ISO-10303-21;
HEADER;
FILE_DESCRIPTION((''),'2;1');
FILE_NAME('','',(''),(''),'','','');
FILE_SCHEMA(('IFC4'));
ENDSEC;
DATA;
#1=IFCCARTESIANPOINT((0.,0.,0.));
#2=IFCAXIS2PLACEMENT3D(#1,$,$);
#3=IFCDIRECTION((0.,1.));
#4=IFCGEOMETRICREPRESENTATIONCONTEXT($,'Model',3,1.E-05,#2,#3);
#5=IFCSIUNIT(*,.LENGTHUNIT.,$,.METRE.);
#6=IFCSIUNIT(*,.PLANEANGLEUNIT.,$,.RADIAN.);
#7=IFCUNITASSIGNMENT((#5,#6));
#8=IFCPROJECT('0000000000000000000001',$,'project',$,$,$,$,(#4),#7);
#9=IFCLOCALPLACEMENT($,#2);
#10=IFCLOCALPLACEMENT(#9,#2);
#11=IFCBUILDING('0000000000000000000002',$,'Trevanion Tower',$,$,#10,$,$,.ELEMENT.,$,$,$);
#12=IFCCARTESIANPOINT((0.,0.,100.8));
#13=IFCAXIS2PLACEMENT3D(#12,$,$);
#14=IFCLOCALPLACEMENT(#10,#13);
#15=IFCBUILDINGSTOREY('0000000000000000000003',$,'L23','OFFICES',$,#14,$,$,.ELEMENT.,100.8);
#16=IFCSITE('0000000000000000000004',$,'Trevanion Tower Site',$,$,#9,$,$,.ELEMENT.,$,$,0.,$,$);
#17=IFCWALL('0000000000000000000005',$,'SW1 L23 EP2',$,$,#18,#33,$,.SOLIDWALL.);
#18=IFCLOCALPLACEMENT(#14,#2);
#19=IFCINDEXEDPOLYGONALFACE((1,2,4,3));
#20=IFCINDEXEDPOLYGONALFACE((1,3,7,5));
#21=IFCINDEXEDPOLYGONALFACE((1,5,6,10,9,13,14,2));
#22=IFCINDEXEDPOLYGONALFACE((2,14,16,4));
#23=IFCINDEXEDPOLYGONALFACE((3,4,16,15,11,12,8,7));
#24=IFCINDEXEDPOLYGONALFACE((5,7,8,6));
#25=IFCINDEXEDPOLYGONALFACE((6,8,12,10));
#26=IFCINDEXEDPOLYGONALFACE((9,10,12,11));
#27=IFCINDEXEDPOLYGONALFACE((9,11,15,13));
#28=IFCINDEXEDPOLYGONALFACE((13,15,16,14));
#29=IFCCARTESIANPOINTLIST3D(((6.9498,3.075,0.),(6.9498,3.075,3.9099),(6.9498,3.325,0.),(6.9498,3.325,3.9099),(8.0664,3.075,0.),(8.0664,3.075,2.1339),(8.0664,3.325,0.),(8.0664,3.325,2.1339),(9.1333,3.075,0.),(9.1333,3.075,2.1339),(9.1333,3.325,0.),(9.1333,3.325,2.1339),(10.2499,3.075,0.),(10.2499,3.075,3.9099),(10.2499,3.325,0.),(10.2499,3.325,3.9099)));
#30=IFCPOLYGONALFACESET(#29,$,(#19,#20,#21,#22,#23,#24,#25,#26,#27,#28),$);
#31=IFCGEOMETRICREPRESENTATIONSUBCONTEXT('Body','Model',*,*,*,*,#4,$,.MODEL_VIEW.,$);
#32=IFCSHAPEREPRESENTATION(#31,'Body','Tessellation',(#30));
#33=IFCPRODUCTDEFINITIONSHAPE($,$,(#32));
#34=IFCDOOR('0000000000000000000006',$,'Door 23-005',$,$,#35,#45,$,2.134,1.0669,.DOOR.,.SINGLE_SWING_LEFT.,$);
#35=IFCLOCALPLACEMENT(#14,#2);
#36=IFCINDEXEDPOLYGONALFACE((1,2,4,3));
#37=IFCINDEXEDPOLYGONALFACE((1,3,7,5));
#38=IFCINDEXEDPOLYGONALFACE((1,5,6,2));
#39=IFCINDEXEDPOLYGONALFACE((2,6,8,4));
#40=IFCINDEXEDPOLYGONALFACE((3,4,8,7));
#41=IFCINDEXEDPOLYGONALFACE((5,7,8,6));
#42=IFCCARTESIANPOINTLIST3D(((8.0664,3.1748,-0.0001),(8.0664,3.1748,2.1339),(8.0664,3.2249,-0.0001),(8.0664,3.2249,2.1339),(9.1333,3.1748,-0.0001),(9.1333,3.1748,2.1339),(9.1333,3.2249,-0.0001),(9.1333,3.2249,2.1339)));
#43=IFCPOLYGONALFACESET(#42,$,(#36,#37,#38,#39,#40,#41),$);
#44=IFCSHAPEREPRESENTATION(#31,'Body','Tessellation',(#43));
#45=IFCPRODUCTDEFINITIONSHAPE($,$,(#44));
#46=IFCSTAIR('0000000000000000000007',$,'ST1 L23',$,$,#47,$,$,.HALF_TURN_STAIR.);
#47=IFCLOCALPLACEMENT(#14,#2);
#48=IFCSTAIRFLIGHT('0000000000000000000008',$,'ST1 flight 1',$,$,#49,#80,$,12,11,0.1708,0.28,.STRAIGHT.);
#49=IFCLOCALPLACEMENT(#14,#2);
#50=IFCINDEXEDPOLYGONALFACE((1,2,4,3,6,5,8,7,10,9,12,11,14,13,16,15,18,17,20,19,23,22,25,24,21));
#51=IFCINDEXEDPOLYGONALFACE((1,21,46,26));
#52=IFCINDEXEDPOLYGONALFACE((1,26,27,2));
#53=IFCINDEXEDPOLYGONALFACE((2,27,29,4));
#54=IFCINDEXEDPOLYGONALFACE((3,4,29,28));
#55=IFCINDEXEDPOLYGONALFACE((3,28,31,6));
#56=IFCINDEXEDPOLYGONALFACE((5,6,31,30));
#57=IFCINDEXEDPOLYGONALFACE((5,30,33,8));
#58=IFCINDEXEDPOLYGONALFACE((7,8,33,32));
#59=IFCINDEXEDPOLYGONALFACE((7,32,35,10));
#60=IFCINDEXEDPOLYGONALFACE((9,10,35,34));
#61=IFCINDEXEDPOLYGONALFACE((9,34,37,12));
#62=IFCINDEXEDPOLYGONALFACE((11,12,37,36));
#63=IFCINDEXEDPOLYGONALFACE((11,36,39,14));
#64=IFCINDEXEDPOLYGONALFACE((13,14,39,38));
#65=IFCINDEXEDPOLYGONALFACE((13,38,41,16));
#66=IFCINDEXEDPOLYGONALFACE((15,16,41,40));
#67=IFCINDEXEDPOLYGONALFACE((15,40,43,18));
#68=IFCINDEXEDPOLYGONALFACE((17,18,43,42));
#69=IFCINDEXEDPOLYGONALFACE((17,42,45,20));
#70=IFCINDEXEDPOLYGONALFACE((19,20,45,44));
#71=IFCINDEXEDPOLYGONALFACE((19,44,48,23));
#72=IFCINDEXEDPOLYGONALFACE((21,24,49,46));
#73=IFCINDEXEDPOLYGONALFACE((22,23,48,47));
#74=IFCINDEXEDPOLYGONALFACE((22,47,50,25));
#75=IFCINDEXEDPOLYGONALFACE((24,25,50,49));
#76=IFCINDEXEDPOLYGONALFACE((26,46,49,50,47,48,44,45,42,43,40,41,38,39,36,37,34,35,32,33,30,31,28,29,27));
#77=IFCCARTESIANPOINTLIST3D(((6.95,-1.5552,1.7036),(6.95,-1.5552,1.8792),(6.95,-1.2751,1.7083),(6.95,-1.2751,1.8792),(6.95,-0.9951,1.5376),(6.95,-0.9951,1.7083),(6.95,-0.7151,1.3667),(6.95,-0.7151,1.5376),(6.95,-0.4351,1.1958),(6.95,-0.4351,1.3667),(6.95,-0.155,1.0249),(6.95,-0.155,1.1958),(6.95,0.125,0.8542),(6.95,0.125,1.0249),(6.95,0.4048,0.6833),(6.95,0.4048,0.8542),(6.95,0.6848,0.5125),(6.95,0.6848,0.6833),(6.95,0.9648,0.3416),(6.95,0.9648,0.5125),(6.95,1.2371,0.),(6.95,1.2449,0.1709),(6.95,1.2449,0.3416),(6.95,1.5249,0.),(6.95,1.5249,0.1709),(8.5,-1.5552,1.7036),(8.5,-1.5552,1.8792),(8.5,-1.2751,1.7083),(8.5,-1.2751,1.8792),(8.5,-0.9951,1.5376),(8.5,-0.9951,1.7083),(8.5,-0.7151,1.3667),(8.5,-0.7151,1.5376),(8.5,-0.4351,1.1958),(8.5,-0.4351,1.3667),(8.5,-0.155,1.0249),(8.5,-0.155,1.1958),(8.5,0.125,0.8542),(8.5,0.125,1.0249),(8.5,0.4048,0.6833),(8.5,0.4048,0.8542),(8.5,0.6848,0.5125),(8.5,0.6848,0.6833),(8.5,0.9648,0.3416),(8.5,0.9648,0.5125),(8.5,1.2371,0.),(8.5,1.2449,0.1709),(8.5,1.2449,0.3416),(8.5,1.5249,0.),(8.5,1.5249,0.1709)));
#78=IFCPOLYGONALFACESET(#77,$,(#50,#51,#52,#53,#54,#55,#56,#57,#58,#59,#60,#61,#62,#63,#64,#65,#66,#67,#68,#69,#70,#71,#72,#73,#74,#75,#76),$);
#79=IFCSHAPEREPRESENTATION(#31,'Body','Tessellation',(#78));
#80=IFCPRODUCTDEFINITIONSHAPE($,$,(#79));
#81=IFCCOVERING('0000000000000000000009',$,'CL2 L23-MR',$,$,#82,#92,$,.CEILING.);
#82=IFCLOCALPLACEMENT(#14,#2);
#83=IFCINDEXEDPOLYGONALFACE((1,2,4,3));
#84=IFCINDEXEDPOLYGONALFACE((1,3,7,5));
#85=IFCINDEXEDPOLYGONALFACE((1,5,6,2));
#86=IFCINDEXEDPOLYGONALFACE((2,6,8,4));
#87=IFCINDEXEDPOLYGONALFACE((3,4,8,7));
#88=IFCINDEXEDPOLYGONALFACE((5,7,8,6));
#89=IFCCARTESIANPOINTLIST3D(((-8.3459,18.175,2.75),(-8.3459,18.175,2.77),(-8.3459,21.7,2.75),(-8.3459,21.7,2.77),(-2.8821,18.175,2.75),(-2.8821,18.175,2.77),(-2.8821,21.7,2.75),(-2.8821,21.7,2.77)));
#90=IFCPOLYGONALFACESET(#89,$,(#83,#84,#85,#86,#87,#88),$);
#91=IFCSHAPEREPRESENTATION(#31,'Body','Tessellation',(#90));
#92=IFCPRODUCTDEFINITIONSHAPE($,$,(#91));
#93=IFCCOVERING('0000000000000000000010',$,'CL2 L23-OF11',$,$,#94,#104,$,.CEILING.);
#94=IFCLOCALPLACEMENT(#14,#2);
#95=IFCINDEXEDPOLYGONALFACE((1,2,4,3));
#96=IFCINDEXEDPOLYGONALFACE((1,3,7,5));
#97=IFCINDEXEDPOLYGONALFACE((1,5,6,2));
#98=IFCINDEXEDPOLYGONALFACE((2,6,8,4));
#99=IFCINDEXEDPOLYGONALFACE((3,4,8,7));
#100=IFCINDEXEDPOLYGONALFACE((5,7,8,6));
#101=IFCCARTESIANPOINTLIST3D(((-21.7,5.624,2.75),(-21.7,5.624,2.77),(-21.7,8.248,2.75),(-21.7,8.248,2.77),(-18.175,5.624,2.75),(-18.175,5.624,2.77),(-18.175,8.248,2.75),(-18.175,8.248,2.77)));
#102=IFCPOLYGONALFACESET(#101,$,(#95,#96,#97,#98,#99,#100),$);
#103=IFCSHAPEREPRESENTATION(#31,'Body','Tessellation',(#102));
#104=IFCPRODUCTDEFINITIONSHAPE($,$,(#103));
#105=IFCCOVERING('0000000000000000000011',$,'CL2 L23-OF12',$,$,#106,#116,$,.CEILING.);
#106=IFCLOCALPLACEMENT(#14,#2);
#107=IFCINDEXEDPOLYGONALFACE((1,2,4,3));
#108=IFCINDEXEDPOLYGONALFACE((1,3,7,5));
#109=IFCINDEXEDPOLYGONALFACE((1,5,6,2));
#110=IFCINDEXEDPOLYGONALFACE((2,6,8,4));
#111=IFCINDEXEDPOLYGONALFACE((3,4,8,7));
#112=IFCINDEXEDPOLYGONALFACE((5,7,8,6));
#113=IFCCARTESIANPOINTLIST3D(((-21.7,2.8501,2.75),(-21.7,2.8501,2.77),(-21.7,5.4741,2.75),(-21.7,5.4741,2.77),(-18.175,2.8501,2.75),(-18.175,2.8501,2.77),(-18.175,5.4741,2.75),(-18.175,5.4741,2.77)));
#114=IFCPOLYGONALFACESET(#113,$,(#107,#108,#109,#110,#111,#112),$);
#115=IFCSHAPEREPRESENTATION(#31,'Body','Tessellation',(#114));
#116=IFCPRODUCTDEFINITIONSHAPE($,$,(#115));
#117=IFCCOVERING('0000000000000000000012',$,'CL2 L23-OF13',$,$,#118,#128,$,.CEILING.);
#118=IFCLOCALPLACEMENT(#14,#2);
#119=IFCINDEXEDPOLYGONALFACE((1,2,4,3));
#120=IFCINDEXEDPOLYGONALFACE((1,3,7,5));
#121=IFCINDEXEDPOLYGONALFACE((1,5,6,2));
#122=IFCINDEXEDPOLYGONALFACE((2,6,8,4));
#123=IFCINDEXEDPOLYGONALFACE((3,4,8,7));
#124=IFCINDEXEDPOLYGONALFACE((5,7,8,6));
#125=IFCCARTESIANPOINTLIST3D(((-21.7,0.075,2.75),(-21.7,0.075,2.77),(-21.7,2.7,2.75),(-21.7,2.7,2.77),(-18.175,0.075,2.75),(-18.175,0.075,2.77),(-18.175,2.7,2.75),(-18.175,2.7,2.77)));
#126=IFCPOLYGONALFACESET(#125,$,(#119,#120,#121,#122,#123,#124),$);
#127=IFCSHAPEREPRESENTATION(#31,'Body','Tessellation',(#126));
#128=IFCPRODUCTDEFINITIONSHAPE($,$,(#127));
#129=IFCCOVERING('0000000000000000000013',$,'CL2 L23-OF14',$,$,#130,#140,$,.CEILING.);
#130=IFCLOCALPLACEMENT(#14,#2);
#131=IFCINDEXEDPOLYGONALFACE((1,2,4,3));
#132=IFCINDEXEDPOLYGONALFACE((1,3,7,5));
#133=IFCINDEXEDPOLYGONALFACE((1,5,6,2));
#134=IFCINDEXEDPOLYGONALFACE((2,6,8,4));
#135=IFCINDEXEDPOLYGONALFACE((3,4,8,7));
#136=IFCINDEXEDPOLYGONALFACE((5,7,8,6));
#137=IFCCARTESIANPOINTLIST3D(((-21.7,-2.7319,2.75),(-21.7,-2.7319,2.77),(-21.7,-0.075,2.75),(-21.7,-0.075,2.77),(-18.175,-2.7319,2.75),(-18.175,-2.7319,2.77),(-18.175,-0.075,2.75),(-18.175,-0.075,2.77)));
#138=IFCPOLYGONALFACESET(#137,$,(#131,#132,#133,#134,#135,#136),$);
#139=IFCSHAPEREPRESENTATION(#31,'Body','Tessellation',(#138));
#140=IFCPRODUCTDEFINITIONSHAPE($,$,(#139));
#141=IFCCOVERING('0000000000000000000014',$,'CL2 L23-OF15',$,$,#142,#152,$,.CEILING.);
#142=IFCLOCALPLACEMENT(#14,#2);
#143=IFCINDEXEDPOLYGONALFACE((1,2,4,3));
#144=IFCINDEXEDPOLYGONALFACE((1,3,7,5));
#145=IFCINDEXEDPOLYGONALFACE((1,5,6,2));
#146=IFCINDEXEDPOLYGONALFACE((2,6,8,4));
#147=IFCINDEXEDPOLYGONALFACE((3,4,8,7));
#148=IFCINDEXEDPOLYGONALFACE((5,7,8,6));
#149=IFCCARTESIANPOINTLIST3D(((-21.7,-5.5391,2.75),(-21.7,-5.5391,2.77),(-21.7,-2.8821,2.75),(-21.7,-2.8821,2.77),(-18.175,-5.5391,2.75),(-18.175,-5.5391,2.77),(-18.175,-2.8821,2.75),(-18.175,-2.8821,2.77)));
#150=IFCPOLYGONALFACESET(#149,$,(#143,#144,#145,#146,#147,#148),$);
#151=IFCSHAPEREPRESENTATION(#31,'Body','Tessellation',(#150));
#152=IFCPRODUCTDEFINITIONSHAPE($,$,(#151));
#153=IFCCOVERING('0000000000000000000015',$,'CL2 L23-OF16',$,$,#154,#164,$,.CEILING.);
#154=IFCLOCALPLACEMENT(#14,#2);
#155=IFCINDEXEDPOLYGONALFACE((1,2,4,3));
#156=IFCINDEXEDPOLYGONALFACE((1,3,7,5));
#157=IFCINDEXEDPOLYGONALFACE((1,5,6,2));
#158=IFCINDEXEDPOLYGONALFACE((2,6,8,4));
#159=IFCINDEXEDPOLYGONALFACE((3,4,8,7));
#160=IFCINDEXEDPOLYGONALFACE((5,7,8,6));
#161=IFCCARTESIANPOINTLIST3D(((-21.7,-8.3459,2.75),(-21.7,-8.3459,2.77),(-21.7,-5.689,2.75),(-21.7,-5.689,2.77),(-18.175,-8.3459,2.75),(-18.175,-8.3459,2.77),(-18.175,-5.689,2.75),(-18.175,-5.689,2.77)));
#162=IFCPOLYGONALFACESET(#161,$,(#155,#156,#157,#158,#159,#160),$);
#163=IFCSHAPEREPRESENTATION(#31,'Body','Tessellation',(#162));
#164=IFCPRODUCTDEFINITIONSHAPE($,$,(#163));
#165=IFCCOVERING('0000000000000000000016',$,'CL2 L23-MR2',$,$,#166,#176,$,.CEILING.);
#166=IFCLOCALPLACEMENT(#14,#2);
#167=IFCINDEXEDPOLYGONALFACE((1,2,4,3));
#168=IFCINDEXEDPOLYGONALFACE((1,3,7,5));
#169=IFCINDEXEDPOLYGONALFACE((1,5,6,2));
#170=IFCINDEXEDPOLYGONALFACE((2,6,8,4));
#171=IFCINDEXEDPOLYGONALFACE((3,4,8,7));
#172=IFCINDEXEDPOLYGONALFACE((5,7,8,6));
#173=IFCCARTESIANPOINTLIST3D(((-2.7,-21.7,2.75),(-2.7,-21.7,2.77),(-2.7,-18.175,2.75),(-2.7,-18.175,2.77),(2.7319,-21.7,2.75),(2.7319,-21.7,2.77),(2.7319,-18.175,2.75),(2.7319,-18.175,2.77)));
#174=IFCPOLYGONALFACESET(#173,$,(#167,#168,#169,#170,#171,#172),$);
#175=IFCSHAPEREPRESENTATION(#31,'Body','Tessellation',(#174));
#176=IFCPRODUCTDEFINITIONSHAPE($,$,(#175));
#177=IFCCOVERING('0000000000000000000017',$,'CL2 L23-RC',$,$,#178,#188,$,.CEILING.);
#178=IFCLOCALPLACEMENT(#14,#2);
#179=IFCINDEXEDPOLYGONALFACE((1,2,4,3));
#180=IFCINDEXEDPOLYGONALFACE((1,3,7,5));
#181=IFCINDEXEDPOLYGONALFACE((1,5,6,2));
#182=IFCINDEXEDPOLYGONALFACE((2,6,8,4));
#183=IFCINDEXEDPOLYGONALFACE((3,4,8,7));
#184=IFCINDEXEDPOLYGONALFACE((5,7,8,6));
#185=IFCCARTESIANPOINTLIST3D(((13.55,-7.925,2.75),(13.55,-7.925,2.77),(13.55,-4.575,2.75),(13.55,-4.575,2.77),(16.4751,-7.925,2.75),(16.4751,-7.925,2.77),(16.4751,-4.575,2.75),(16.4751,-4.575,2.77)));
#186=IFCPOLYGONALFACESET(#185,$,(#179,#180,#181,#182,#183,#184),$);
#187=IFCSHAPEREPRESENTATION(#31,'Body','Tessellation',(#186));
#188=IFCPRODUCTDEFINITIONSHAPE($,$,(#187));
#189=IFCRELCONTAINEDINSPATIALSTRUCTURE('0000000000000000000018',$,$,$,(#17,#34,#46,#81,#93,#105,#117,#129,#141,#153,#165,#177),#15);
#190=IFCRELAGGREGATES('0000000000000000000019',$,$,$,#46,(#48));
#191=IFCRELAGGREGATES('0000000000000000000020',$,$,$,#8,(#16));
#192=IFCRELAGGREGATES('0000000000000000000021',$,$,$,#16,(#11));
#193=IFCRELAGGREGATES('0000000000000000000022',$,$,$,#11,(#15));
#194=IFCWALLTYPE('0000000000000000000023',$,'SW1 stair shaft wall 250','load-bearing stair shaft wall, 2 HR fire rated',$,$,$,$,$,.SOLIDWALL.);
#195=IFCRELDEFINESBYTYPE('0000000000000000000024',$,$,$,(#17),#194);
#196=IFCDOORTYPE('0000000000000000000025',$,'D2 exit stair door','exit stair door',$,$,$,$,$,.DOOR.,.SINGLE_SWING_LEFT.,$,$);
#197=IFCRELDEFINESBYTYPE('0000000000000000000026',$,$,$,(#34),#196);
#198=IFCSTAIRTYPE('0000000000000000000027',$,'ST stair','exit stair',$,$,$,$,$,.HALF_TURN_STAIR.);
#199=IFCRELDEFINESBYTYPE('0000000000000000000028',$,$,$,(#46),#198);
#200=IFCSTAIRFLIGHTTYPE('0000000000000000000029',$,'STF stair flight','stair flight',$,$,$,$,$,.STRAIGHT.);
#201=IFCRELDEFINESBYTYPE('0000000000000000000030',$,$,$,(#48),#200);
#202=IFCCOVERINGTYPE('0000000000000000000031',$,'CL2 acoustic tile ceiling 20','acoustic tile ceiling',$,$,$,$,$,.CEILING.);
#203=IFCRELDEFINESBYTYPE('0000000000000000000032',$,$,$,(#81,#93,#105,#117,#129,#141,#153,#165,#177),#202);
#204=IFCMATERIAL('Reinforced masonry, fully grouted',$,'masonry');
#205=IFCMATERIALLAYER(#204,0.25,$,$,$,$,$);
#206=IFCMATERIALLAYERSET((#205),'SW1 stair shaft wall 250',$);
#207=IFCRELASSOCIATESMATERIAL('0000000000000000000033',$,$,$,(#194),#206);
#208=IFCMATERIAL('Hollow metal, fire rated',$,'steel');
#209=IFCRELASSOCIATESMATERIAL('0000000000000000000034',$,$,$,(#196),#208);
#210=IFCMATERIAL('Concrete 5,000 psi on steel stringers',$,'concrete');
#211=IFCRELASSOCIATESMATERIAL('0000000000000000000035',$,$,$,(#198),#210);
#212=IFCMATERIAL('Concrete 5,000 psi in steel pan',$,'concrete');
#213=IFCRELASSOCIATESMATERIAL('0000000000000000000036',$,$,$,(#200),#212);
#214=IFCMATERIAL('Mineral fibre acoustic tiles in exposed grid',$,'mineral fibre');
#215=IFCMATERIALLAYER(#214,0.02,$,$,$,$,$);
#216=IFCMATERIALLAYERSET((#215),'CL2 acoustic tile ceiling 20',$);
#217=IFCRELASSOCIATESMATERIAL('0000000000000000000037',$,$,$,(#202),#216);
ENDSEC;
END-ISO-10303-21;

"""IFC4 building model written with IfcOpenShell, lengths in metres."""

from ifc_helpers import new_model, si_unit, direction, frame, frame_2d, origin, place, context, subcontext, project, spatial, polyline, rectangle, outline, extrude, material, layer, layer_set, type_object, element, fill, aggregate, save


model = new_model("IFC4")

# Units and contexts
model_context = context("Model", 3, precision=1e-05, world=origin(), true_north=direction((0.0, 1.0)))
body_context = subcontext(model_context, "Body", "Model", "MODEL_VIEW")
ifc_project = project(units=[si_unit("LENGTHUNIT", "METRE"), si_unit("PLANEANGLEUNIT", "RADIAN")], contexts=[model_context])

# Site, building, storey
site_placement = place(None, origin())
site = spatial("IfcSite", under=ifc_project, at=site_placement, Name="Trevanion Tower Site", CompositionType="ELEMENT", RefElevation=0.0)
building_placement = place(site_placement, origin())
building = spatial("IfcBuilding", under=site, at=building_placement, Name="Trevanion Tower", CompositionType="ELEMENT")
storey_placement = place(building_placement, frame((0.0, 0.0, 100.8)))
storey = spatial("IfcBuildingStorey", under=building, at=storey_placement, Name="L23", Description="OFFICES", CompositionType="ELEMENT", Elevation=100.8)

# Wall, opening, door
ifc_material_1 = material(Name="Reinforced masonry, fully grouted", Category="masonry")
ifc_layer_1 = layer(ifc_material_1, 0.25)
ifc_layer_set_1 = layer_set([ifc_layer_1], Name="SW1 stair shaft wall 250")
wall_type_1 = type_object("IfcWallType", Name="SW1 stair shaft wall 250", Description="load-bearing stair shaft wall, 2 HR fire rated", PredefinedType="SOLIDWALL", material=ifc_layer_set_1)
wall_1_placement = place(storey_placement, frame((6.95, 3.2, 0.0), z_axis=(0.0, 0.0, 1.0), x_axis=(1.0, 0.0, 0.0)))
wall_1 = element("IfcWall", 1, at=wall_1_placement, inside=storey, type_object=wall_type_1, Name="SW1 L23 EP2", PredefinedType="SOLIDWALL", context=body_context, shape_type="SweptSolid", body=[
    extrude(rectangle(XDim=3.3, YDim=0.25, at=frame_2d((1.6499, 0.0))), origin(), (0.0, 0.0, 1.0), 3.9099),
])
opening_1_placement = place(wall_1_placement, frame((1.1165, 0.0, 0.0)))
opening_1 = element("IfcOpeningElement", 2, at=opening_1_placement, cuts=wall_1, PredefinedType="OPENING", context=body_context, shape_type="SweptSolid", body=[
    extrude(rectangle(XDim=1.0669, YDim=2.134, at=frame_2d((0.5334, 1.0669))), frame((0.0, 0.135, 0.0), z_axis=(0.0, -1.0, 0.0), x_axis=(1.0, 0.0, 0.0)), (0.0, 0.0, 1.0), 0.27),
])
ifc_material_2 = material(Name="Hollow metal, fire rated", Category="steel")
door_type_1 = type_object("IfcDoorType", Name="D2 exit stair door", Description="exit stair door", OperationType="SINGLE_SWING_LEFT", PredefinedType="DOOR", material=ifc_material_2)
door_1_placement = place(opening_1_placement, origin())
door_1 = element("IfcDoor", 3, at=door_1_placement, inside=storey, type_object=door_type_1, Name="Door 23-005", OperationType="SINGLE_SWING_LEFT", OverallHeight=2.134, OverallWidth=1.0669, PredefinedType="DOOR", context=body_context, shape_type="SweptSolid", body=[
    extrude(rectangle(XDim=1.0669, YDim=2.134, at=frame_2d((0.5334, 1.0669))), frame((0.0, 0.0249, 0.0), z_axis=(0.0, -1.0, 0.0), x_axis=(1.0, 0.0, 0.0)), (0.0, 0.0, 1.0), 0.05),
])
fill(opening_1, door_1)

# Stair, stair flight
ifc_material_3 = material(Name="Concrete 5,000 psi on steel stringers", Category="concrete")
stair_type = type_object("IfcStairType", Name="ST stair", Description="exit stair", PredefinedType="HALF_TURN_STAIR", material=ifc_material_3)
stair_placement = place(storey_placement, origin())
stair = element("IfcStair", 4, at=stair_placement, inside=storey, type_object=stair_type, Name="ST1 L23", PredefinedType="HALF_TURN_STAIR")
ifc_material_4 = material(Name="Concrete 5,000 psi in steel pan", Category="concrete")
stair_flight_type = type_object("IfcStairFlightType", Name="STF stair flight", Description="stair flight", PredefinedType="STRAIGHT", material=ifc_material_4)
stair_flight_placement = place(storey_placement, frame((7.7251, 1.5249, 0.0), z_axis=(0.0, 0.0, 1.0), x_axis=(0.0, -1.0, 0.0)))
stair_flight = element("IfcStairFlight", 5, at=stair_flight_placement, type_object=stair_flight_type, Name="ST1 flight 1", NumberOfRisers=12, NumberOfTreads=11, PredefinedType="STRAIGHT", RiserHeight=0.1708, TreadLength=0.28, context=body_context, shape_type="SweptSolid", body=[
    extrude(outline(polyline([(0.0, 0.0), (0.0, 0.1709), (0.28, 0.1709), (0.28, 0.3416), (0.5601, 0.3416), (0.5601, 0.5125), (0.8401, 0.5125), (0.8401, 0.6833), (1.1201, 0.6833), (1.1201, 0.8542), (1.3999, 0.8542), (1.3999, 1.0249), (1.6799, 1.0249), (1.6799, 1.1958), (1.96, 1.1958), (1.96, 1.3667), (2.24, 1.3667), (2.24, 1.5376), (2.52, 1.5376), (2.52, 1.7083), (2.8, 1.7083), (2.8, 1.8792), (3.0801, 1.8792), (3.0801, 2.05), (3.0801, 1.7036), (0.2878, 0.0), (0.0, 0.0)])), frame((0.0, 0.7749, 0.0), z_axis=(0.0, -1.0, 0.0), x_axis=(1.0, 0.0, 0.0)), (0.0, 0.0, 1.0), 1.55),
])
aggregate(stair, [stair_flight])

# Coverings
ifc_material_5 = material(Name="Mineral fibre acoustic tiles in exposed grid", Category="mineral fibre")
ifc_layer_2 = layer(ifc_material_5, 0.02)
ifc_layer_set_2 = layer_set([ifc_layer_2], Name="CL2 acoustic tile ceiling 20")
covering_type_1 = type_object("IfcCoveringType", Name="CL2 acoustic tile ceiling 20", Description="acoustic tile ceiling", PredefinedType="CEILING", material=ifc_layer_set_2)
covering_1_placement = place(storey_placement, frame((0.0, 0.0, 2.75)))
element("IfcCovering", 6, at=covering_1_placement, inside=storey, type_object=covering_type_1, Name="CL2 L23-MR", PredefinedType="CEILING", context=body_context, shape_type="SweptSolid", body=[
    extrude(outline(polyline([(-2.8821, 18.175), (-8.3459, 18.175), (-8.3459, 21.7), (-2.8821, 21.7), (-2.8821, 18.175)])), origin(), (0.0, 0.0, 1.0), 0.02),
])
covering_2_placement = place(storey_placement, frame((0.0, 0.0, 2.75)))
element("IfcCovering", 7, at=covering_2_placement, inside=storey, type_object=covering_type_1, Name="CL2 L23-OF11", PredefinedType="CEILING", context=body_context, shape_type="SweptSolid", body=[
    extrude(outline(polyline([(-18.175, 8.248), (-18.175, 5.624), (-21.7, 5.624), (-21.7, 8.248), (-18.175, 8.248)])), origin(), (0.0, 0.0, 1.0), 0.02),
])
covering_3_placement = place(storey_placement, frame((0.0, 0.0, 2.75)))
element("IfcCovering", 8, at=covering_3_placement, inside=storey, type_object=covering_type_1, Name="CL2 L23-OF12", PredefinedType="CEILING", context=body_context, shape_type="SweptSolid", body=[
    extrude(outline(polyline([(-18.175, 5.4741), (-18.175, 2.8501), (-21.7, 2.8501), (-21.7, 5.4741), (-18.175, 5.4741)])), origin(), (0.0, 0.0, 1.0), 0.02),
])
covering_4_placement = place(storey_placement, frame((0.0, 0.0, 2.75)))
element("IfcCovering", 9, at=covering_4_placement, inside=storey, type_object=covering_type_1, Name="CL2 L23-OF13", PredefinedType="CEILING", context=body_context, shape_type="SweptSolid", body=[
    extrude(outline(polyline([(-18.175, 2.7), (-18.175, 0.075), (-21.7, 0.075), (-21.7, 2.7), (-18.175, 2.7)])), origin(), (0.0, 0.0, 1.0), 0.02),
])
covering_5_placement = place(storey_placement, frame((0.0, 0.0, 2.75)))
element("IfcCovering", 10, at=covering_5_placement, inside=storey, type_object=covering_type_1, Name="CL2 L23-OF14", PredefinedType="CEILING", context=body_context, shape_type="SweptSolid", body=[
    extrude(outline(polyline([(-18.175, -0.075), (-18.175, -2.7319), (-21.7, -2.7319), (-21.7, -0.075), (-18.175, -0.075)])), origin(), (0.0, 0.0, 1.0), 0.02),
])
covering_6_placement = place(storey_placement, frame((0.0, 0.0, 2.75)))
element("IfcCovering", 11, at=covering_6_placement, inside=storey, type_object=covering_type_1, Name="CL2 L23-OF15", PredefinedType="CEILING", context=body_context, shape_type="SweptSolid", body=[
    extrude(outline(polyline([(-18.175, -2.8821), (-18.175, -5.5391), (-21.7, -5.5391), (-21.7, -2.8821), (-18.175, -2.8821)])), origin(), (0.0, 0.0, 1.0), 0.02),
])
covering_7_placement = place(storey_placement, frame((0.0, 0.0, 2.75)))
element("IfcCovering", 12, at=covering_7_placement, inside=storey, type_object=covering_type_1, Name="CL2 L23-OF16", PredefinedType="CEILING", context=body_context, shape_type="SweptSolid", body=[
    extrude(outline(polyline([(-18.175, -5.689), (-18.175, -8.3459), (-21.7, -8.3459), (-21.7, -5.689), (-18.175, -5.689)])), origin(), (0.0, 0.0, 1.0), 0.02),
])
covering_8_placement = place(storey_placement, frame((0.0, 0.0, 2.75)))
element("IfcCovering", 13, at=covering_8_placement, inside=storey, type_object=covering_type_1, Name="CL2 L23-MR2", PredefinedType="CEILING", context=body_context, shape_type="SweptSolid", body=[
    extrude(outline(polyline([(-2.7, -18.175), (2.7319, -18.175), (2.7319, -21.7), (-2.7, -21.7), (-2.7, -18.175)])), origin(), (0.0, 0.0, 1.0), 0.02),
])
covering_9_placement = place(storey_placement, frame((0.0, 0.0, 2.75)))
element("IfcCovering", 14, at=covering_9_placement, inside=storey, type_object=covering_type_1, Name="CL2 L23-RC", PredefinedType="CEILING", context=body_context, shape_type="SweptSolid", body=[
    extrude(outline(polyline([(13.55, -7.925), (13.55, -4.575), (16.4751, -4.575), (16.4751, -7.925), (13.55, -7.925)])), origin(), (0.0, 0.0, 1.0), 0.02),
])

save(model, "model.ifc")
